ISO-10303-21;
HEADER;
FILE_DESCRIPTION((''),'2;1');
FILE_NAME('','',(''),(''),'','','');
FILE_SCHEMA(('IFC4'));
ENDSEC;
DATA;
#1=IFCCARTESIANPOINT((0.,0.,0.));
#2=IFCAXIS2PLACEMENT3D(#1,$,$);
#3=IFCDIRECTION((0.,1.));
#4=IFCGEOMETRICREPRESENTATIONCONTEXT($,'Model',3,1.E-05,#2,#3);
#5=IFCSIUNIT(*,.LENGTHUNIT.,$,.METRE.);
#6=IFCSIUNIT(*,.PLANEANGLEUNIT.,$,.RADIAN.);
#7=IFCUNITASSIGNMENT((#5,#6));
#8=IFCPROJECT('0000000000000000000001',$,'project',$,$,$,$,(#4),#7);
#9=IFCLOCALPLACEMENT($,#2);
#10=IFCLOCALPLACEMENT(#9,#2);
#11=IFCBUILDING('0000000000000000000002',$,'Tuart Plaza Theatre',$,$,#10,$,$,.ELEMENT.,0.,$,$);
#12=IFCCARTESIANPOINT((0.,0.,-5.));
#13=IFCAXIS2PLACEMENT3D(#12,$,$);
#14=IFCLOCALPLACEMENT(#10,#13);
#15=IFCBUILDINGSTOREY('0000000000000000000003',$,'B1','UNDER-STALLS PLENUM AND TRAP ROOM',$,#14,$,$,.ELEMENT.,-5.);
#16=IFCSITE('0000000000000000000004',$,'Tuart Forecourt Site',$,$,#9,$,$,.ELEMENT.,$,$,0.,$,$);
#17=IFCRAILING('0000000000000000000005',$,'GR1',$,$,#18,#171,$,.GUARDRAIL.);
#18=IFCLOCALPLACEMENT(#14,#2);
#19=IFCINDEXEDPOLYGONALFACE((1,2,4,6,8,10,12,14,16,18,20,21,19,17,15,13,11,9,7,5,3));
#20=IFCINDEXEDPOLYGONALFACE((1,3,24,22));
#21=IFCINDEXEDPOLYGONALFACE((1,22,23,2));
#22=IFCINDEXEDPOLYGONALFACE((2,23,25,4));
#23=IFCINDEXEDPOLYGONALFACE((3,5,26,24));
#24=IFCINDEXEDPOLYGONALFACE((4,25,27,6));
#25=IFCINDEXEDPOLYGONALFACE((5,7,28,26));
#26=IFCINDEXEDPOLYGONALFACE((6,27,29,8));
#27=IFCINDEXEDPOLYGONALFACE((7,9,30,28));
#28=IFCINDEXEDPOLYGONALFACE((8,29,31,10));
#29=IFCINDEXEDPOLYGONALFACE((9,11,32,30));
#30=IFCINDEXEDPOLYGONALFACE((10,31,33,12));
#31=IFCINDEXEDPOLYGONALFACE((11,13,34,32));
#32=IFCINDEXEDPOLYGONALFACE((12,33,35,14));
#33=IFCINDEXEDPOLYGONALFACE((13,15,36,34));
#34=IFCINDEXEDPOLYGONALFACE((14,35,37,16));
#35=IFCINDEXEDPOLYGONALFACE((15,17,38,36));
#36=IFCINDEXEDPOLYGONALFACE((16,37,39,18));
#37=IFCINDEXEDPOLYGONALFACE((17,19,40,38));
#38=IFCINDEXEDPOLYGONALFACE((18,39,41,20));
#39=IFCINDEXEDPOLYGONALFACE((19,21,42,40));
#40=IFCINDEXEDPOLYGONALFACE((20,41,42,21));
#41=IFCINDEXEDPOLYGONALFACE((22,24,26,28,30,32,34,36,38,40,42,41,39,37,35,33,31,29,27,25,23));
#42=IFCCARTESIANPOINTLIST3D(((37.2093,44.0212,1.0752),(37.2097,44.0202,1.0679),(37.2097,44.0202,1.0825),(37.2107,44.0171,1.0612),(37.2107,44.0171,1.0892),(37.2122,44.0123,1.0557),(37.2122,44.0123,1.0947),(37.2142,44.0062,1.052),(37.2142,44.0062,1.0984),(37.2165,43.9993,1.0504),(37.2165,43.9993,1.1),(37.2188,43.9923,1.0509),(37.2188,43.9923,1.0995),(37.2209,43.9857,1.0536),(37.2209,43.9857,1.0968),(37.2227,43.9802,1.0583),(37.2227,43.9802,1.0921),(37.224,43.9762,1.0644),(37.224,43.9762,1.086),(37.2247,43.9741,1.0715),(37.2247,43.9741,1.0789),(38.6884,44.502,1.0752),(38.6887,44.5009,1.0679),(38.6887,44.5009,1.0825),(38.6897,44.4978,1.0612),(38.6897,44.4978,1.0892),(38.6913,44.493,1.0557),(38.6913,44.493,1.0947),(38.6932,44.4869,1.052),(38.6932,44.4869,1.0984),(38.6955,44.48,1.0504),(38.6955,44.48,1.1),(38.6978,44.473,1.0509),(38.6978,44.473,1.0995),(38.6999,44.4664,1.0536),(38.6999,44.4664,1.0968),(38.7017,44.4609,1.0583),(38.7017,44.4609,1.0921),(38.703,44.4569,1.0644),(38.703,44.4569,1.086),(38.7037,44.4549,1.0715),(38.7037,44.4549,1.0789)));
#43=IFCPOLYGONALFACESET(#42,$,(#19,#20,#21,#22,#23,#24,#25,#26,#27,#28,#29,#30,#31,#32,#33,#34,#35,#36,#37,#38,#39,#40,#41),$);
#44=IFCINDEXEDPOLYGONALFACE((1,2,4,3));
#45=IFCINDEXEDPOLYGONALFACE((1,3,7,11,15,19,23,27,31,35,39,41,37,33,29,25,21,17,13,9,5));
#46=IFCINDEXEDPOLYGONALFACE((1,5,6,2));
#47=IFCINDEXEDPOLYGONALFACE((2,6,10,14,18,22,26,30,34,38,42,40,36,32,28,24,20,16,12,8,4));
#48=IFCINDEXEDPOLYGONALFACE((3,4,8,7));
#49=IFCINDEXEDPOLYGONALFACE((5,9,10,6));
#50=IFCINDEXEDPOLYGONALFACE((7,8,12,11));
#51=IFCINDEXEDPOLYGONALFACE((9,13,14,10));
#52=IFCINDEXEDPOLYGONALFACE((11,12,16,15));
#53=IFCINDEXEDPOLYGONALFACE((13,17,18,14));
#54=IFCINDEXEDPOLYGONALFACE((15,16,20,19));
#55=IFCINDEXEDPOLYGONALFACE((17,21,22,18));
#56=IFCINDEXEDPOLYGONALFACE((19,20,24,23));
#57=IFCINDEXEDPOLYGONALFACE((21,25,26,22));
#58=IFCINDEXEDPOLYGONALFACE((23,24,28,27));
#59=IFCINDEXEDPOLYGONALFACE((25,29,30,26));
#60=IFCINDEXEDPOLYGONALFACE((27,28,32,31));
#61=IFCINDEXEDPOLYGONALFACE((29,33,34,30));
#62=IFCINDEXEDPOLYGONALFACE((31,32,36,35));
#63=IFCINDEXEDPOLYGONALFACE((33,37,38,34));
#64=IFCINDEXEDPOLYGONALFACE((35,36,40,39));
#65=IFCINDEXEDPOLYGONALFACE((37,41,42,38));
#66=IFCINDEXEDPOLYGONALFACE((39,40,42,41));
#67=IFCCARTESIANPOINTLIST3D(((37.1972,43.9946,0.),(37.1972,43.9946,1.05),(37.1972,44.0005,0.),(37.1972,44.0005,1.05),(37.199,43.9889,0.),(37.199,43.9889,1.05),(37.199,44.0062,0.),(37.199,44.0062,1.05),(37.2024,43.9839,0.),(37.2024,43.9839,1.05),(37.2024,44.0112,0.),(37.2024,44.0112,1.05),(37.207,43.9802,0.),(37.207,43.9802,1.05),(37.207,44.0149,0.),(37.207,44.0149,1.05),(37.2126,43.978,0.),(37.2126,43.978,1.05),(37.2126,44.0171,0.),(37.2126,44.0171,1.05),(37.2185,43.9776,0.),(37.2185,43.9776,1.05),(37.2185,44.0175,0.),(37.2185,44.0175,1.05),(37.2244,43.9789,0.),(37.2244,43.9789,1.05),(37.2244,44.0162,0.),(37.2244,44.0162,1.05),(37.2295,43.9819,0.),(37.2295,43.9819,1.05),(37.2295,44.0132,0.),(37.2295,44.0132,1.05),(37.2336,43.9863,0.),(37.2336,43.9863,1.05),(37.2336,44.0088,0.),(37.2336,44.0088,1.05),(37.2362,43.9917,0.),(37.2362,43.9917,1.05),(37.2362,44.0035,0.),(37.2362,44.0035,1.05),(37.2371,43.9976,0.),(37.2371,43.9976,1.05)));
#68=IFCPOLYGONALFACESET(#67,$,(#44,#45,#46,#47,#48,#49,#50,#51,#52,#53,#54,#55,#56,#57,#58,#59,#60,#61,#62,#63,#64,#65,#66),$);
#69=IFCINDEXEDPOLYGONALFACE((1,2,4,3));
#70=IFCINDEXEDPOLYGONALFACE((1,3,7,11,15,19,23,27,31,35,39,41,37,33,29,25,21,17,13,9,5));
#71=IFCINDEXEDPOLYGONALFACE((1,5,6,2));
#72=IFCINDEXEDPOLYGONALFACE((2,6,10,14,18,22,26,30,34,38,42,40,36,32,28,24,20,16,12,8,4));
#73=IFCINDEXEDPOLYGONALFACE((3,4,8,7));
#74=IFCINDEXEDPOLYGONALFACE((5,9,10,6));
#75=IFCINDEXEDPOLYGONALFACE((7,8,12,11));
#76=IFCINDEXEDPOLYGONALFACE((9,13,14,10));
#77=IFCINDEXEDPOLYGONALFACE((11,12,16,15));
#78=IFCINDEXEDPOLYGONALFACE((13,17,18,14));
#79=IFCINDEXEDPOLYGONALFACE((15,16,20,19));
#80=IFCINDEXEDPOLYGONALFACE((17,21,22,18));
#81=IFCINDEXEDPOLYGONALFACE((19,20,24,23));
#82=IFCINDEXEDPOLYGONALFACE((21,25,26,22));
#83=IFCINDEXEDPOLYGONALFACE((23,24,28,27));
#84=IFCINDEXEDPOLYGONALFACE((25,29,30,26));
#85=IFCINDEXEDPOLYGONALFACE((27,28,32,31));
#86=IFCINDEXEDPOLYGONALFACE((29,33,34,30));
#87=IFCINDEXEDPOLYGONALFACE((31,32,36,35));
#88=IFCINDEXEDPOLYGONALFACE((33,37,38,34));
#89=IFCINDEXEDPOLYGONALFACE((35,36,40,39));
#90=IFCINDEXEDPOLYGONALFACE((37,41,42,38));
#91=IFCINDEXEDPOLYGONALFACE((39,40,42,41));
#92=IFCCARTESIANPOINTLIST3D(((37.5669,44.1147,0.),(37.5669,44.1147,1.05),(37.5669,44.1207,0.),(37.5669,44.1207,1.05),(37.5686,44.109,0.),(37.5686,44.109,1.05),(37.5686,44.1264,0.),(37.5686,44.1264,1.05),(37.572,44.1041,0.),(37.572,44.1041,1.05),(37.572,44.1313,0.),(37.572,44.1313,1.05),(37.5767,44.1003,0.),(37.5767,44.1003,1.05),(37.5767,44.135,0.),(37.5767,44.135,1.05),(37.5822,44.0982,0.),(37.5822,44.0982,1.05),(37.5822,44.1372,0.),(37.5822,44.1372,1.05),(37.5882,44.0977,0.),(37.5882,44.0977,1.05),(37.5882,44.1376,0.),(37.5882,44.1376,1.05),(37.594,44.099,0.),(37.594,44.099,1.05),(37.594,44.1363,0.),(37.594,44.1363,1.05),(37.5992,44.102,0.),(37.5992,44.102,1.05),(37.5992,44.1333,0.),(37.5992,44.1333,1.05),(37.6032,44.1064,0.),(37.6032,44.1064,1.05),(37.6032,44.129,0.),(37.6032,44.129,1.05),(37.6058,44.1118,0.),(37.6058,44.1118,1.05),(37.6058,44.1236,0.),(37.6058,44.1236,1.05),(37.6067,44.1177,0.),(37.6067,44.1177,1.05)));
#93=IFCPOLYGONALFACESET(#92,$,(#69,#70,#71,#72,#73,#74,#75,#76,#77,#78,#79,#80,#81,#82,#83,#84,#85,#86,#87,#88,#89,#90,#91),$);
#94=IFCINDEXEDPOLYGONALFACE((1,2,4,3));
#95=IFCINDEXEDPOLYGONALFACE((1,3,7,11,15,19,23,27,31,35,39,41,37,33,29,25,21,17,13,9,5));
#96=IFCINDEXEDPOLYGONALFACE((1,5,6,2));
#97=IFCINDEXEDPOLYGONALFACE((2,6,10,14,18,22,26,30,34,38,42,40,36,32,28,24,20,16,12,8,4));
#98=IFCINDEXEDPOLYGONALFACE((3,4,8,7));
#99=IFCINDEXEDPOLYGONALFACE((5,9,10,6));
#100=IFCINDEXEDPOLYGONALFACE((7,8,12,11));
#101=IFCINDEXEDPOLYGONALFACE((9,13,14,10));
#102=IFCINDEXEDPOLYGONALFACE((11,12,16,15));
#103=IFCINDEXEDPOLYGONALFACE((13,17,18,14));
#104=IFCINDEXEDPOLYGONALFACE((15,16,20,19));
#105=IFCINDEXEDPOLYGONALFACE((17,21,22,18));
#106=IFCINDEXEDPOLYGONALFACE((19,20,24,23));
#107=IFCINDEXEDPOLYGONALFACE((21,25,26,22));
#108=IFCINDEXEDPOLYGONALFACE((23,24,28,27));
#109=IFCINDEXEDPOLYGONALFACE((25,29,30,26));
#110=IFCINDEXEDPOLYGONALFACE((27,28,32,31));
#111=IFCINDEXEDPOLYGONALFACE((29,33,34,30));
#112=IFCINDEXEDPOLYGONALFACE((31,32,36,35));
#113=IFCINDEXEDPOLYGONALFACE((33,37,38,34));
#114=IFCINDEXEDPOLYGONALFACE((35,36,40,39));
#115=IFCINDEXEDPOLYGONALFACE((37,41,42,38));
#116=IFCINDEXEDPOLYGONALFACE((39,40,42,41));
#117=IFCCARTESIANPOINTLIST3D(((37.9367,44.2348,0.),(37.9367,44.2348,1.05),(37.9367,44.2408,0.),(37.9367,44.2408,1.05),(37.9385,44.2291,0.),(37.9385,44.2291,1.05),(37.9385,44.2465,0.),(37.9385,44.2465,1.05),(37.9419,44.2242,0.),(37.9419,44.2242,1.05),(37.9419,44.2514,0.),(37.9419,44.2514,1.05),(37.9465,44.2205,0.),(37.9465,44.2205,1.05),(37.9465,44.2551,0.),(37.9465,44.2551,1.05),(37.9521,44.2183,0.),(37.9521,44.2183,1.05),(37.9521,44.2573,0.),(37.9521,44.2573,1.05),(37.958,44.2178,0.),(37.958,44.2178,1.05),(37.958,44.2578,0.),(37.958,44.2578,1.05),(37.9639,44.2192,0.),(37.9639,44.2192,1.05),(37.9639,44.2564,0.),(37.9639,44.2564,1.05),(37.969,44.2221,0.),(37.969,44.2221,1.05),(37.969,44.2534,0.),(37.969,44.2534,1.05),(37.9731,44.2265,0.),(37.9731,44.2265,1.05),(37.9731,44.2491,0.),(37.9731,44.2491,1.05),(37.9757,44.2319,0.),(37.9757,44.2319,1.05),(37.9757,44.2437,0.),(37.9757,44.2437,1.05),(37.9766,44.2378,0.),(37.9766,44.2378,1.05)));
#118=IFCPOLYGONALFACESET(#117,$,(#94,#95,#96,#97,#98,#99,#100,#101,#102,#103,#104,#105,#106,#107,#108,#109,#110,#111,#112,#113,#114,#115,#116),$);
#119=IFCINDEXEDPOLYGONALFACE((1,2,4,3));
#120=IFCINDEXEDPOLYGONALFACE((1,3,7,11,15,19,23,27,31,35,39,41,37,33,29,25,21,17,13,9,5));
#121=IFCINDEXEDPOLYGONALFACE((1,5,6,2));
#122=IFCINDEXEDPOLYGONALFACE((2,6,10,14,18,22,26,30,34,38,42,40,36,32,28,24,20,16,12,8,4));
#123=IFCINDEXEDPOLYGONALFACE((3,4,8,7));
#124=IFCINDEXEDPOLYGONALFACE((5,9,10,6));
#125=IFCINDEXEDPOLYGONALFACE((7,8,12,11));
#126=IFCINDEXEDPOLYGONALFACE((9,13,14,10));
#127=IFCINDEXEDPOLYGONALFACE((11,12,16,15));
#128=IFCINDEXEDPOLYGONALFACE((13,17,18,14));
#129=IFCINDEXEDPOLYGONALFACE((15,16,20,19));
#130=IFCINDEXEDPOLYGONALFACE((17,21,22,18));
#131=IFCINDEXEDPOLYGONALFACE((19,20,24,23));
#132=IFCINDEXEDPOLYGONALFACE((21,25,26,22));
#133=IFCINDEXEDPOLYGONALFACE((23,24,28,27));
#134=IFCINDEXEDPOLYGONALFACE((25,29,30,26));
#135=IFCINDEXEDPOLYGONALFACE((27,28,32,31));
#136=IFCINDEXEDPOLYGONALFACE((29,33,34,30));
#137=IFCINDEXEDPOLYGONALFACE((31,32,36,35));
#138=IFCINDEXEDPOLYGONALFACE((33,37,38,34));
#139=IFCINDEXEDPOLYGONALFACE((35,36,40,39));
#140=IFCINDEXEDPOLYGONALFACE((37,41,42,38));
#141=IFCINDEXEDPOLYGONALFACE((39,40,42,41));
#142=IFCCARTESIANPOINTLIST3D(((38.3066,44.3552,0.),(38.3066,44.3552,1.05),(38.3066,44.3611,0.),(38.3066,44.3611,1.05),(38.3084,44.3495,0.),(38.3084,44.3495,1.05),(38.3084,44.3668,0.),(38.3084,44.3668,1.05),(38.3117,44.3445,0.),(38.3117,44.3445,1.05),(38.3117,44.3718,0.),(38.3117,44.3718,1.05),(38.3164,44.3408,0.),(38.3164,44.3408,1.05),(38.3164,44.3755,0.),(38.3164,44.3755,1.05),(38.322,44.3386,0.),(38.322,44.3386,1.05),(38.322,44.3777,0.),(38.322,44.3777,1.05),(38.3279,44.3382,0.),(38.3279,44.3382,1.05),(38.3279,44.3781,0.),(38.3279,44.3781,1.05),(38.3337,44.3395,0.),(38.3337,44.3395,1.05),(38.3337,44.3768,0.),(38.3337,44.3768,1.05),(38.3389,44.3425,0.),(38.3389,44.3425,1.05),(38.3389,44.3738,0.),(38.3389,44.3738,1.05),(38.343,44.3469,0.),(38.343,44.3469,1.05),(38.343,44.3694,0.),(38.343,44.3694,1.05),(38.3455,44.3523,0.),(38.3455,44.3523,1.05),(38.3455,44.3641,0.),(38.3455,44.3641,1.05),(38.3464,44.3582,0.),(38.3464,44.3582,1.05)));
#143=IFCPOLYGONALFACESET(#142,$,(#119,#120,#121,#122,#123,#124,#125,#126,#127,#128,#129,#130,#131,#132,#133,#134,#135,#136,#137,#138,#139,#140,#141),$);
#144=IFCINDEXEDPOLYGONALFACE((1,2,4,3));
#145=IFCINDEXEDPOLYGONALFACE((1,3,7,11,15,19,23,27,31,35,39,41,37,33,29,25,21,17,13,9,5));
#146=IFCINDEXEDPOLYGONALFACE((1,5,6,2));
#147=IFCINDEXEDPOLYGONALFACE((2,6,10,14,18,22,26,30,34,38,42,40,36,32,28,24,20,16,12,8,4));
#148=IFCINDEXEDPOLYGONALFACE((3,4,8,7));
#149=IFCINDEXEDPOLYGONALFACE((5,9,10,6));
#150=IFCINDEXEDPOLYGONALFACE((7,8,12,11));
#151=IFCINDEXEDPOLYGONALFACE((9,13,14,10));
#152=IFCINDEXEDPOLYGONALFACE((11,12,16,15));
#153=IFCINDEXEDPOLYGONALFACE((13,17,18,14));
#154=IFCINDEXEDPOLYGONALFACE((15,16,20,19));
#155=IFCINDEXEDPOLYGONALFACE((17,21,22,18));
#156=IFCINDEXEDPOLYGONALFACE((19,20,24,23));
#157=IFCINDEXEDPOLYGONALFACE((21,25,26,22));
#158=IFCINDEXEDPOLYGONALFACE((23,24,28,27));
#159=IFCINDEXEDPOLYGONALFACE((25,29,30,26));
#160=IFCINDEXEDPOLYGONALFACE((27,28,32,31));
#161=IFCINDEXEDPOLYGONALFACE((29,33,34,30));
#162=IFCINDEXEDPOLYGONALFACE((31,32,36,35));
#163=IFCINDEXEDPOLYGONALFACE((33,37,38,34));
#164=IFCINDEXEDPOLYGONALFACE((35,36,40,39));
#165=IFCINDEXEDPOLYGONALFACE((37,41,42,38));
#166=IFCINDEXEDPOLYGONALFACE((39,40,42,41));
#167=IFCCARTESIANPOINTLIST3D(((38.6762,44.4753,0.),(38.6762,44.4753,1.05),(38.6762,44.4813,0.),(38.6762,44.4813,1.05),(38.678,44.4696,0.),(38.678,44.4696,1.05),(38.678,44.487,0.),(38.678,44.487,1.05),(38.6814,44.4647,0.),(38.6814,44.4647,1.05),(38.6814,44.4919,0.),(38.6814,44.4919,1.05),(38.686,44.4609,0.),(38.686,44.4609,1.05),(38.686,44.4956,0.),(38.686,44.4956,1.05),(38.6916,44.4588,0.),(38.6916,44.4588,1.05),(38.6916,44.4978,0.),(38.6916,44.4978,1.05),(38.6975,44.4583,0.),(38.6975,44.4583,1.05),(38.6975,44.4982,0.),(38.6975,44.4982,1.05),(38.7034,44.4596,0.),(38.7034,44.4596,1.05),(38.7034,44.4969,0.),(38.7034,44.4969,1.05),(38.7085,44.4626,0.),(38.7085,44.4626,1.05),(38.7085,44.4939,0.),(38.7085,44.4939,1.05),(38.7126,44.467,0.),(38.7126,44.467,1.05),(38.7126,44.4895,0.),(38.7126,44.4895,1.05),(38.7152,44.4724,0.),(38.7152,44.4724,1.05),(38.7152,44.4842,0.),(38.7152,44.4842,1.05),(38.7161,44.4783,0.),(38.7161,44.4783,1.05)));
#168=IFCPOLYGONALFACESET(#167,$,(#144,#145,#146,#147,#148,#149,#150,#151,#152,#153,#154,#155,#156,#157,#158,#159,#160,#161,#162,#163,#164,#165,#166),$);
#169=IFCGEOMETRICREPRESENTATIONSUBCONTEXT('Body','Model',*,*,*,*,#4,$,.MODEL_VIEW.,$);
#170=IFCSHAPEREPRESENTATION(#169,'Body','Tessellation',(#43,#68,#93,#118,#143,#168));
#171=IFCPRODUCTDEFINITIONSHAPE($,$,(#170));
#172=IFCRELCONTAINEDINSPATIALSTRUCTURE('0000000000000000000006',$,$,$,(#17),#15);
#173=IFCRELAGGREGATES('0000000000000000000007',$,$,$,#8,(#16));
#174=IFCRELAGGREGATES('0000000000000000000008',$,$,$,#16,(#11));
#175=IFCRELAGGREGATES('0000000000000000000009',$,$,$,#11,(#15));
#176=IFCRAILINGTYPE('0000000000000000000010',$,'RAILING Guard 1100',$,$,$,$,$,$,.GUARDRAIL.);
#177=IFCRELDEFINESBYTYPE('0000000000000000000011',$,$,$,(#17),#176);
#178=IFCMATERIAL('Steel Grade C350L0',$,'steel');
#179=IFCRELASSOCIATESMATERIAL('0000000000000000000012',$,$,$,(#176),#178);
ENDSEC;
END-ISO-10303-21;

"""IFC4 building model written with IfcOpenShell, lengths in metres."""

from ifc_helpers import new_model, si_unit, direction, frame, origin, origin_2d, place, context, subcontext, project, spatial, circle, extrude, material, type_object, element, save


model = new_model("IFC4")

# Units and contexts
model_context = context("Model", 3, precision=1e-05, world=origin(), true_north=direction((0.0, 1.0)))
body_context = subcontext(model_context, "Body", "Model", "MODEL_VIEW")
ifc_project = project(units=[si_unit("LENGTHUNIT", "METRE"), si_unit("PLANEANGLEUNIT", "RADIAN")], contexts=[model_context])

# Site, building, storey
site_placement = place(None, origin())
site = spatial("IfcSite", under=ifc_project, at=site_placement, Name="Tuart Forecourt Site", CompositionType="ELEMENT", RefElevation=0.0)
building_placement = place(site_placement, origin())
building = spatial("IfcBuilding", under=site, at=building_placement, Name="Tuart Plaza Theatre", CompositionType="ELEMENT", ElevationOfRefHeight=0.0)
storey_placement = place(building_placement, frame((0.0, 0.0, -5.0)))
storey = spatial("IfcBuildingStorey", under=building, at=storey_placement, Name="B1", Description="UNDER-STALLS PLENUM AND TRAP ROOM", CompositionType="ELEMENT", Elevation=-5.0)

# Railing
ifc_material_1 = material(Name="Steel Grade C350L0", Category="steel")
railing_type_1 = type_object("IfcRailingType", Name="RAILING Guard 1100", PredefinedType="GUARDRAIL", material=ifc_material_1)
railing_1_placement = place(storey_placement, frame((37.217, 43.9976, 0.0)))
element("IfcRailing", 1, at=railing_1_placement, inside=storey, type_object=railing_type_1, Name="GR1", PredefinedType="GUARDRAIL", context=body_context, shape_type="SweptSolid", body=[
    extrude(circle(Radius=0.0249, at=origin_2d()), frame((0.0, 0.0, 1.0752), z_axis=(0.951027, 0.309107, 0.0), x_axis=(-0.309107, 0.951027, 0.0)), (0.0, 0.0, 1.0), 1.5552),
    extrude(circle(Radius=0.02, at=origin_2d()), origin(), (0.0, 0.0, 1.0), 1.05),
    extrude(circle(Radius=0.02, at=origin_2d()), frame((0.3696, 0.1201, 0.0)), (0.0, 0.0, 1.0), 1.05),
    extrude(circle(Radius=0.02, at=origin_2d()), frame((0.7395, 0.2402, 0.0)), (0.0, 0.0, 1.0), 1.05),
    extrude(circle(Radius=0.02, at=origin_2d()), frame((1.1094, 0.3606, 0.0)), (0.0, 0.0, 1.0), 1.05),
    extrude(circle(Radius=0.02, at=origin_2d()), frame((1.479, 0.4807, 0.0)), (0.0, 0.0, 1.0), 1.05),
])

save(model, "model.ifc")
